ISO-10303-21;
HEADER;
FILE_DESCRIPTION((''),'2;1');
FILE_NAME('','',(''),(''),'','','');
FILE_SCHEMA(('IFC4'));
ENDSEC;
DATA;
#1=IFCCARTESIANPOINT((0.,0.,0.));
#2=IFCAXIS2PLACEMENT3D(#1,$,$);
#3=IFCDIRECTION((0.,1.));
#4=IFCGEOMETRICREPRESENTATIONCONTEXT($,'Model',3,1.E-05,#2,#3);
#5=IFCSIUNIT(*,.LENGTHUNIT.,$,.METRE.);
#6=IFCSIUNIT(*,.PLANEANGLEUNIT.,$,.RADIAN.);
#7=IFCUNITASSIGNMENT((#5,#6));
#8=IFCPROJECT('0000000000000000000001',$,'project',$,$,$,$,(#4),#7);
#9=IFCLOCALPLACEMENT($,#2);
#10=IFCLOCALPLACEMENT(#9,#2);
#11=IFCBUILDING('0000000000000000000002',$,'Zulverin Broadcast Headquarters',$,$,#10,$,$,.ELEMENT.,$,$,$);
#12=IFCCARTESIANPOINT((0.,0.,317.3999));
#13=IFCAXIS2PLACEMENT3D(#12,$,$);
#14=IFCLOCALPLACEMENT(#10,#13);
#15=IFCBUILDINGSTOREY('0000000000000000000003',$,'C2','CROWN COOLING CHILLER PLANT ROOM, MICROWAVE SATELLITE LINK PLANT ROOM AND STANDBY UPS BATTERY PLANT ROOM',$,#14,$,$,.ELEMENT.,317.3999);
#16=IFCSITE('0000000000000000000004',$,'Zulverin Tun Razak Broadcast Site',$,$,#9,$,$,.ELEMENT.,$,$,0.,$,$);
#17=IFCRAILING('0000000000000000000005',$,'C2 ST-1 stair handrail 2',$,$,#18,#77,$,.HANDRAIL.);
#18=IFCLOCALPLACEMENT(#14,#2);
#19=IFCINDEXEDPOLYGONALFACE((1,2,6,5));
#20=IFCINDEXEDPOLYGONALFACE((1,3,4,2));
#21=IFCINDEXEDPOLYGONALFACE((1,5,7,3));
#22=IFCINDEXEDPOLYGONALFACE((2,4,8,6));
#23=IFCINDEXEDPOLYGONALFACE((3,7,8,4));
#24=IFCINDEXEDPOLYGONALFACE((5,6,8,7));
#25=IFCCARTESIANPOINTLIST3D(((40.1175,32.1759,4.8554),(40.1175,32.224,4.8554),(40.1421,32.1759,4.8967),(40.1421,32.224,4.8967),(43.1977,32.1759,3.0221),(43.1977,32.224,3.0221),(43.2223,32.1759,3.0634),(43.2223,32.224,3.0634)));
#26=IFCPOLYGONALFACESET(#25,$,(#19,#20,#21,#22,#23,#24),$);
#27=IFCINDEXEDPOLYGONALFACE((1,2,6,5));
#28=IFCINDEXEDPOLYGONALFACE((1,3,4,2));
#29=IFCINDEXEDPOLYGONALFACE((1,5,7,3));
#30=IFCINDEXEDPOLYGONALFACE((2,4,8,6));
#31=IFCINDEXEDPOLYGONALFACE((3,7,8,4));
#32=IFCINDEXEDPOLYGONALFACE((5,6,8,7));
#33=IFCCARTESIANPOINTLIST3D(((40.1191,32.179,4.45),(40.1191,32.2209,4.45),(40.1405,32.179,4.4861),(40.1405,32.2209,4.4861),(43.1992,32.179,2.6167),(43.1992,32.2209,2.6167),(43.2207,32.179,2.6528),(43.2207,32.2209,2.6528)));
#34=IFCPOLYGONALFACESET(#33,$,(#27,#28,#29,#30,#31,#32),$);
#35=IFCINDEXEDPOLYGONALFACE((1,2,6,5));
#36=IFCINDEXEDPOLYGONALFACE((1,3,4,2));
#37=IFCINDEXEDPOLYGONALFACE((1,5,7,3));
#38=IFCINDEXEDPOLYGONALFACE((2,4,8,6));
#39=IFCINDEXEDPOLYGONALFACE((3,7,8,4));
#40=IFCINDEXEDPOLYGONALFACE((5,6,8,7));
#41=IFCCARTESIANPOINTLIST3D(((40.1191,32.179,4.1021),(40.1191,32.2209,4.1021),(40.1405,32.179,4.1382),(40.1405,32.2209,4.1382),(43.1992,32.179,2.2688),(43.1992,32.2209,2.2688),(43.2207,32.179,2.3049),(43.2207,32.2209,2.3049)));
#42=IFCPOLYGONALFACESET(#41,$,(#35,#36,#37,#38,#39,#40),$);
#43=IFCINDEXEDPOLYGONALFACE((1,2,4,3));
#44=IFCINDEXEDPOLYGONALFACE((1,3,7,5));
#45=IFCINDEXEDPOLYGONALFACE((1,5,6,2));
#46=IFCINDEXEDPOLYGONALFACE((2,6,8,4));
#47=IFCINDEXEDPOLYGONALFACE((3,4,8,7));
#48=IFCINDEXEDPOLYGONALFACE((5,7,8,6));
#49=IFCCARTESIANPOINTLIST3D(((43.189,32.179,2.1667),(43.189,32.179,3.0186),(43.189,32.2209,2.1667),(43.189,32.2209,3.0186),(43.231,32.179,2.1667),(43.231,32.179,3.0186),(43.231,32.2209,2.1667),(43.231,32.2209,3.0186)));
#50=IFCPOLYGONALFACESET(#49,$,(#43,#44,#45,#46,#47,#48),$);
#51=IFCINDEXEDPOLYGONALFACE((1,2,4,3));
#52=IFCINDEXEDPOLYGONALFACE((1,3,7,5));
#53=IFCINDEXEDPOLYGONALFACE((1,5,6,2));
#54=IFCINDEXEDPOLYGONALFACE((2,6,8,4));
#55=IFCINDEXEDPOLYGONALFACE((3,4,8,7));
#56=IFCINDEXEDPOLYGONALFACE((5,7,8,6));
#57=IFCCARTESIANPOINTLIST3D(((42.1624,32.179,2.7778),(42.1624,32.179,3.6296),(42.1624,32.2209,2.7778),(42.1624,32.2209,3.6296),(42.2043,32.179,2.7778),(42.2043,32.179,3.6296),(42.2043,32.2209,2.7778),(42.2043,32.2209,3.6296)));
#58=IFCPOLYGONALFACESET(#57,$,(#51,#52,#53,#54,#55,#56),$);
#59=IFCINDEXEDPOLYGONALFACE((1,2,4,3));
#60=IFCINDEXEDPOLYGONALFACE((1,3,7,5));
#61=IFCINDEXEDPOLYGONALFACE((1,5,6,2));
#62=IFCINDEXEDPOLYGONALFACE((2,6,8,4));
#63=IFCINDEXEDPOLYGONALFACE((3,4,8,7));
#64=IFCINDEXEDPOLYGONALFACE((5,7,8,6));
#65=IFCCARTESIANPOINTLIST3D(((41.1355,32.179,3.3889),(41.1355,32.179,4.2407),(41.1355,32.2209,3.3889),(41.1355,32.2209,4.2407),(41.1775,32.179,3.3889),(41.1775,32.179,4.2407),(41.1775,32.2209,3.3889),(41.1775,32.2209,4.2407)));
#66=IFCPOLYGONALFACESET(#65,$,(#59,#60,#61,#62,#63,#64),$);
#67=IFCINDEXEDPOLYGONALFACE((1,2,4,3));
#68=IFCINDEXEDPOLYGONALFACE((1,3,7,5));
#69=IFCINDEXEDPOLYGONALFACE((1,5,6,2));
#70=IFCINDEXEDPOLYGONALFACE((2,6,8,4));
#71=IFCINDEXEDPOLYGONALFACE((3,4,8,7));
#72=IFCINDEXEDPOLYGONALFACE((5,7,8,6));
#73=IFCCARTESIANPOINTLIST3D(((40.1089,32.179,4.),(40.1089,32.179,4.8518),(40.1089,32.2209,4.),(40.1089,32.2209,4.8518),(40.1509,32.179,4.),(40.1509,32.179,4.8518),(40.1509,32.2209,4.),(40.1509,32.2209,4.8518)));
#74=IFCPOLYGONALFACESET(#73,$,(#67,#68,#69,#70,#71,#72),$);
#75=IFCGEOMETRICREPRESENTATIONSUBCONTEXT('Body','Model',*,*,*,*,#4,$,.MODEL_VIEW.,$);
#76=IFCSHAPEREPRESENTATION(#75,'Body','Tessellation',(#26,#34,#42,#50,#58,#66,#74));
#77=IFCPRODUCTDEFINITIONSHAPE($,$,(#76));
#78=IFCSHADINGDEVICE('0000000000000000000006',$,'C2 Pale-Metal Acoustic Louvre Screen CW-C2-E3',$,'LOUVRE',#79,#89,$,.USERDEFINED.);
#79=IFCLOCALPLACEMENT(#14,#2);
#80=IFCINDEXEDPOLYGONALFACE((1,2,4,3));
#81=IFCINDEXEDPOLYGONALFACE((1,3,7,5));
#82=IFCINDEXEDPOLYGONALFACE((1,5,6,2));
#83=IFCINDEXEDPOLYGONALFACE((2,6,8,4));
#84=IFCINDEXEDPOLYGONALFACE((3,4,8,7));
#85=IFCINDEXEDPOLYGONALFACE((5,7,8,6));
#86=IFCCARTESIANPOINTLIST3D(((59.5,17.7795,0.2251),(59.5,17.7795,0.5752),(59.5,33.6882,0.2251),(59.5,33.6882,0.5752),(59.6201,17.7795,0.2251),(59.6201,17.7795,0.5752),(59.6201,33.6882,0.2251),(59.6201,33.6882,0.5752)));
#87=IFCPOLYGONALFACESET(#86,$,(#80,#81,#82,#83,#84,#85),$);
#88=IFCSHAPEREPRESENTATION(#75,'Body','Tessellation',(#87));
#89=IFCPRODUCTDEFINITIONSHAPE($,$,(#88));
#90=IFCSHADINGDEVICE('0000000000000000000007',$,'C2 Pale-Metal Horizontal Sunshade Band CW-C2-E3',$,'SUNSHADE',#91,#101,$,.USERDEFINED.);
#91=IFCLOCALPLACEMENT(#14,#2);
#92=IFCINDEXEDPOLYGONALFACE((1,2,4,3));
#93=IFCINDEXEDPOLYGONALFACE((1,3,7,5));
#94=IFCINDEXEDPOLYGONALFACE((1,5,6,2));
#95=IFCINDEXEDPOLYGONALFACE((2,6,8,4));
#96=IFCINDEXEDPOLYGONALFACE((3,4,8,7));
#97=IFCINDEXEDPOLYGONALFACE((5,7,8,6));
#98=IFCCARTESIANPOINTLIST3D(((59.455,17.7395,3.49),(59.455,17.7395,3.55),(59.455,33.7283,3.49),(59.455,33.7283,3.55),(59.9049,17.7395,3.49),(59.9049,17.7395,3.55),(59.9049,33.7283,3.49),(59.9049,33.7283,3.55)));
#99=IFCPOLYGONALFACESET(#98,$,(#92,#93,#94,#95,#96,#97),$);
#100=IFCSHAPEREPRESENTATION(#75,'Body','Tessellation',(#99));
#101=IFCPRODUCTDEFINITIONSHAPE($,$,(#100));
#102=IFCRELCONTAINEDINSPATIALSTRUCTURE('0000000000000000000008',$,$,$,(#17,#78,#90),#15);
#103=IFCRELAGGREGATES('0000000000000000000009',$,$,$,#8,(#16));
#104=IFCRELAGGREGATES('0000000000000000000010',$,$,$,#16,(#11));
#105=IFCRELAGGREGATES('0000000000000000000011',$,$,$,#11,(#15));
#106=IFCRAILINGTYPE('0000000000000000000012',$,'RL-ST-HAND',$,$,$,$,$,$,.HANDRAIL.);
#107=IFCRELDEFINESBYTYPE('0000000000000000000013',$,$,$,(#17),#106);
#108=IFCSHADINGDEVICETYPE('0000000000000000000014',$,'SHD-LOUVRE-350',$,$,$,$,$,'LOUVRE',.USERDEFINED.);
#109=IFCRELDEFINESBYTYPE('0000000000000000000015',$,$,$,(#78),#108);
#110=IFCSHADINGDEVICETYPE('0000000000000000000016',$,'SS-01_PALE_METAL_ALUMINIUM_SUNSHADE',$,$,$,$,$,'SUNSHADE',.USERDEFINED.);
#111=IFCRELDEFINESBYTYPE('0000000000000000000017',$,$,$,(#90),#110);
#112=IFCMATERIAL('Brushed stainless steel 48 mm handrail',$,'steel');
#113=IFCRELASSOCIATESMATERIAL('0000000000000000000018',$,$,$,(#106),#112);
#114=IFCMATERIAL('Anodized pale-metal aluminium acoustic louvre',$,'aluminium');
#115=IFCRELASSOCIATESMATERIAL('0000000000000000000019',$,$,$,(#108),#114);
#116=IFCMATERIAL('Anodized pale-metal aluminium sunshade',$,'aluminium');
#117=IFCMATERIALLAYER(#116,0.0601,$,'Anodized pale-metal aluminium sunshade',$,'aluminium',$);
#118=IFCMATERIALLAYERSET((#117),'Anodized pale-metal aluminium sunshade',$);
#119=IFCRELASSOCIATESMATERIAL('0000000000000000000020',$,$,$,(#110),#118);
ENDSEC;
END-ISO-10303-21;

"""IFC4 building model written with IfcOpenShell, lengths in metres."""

from ifc_helpers import new_model, si_unit, direction, frame, origin, origin_2d, place, context, subcontext, project, spatial, rectangle, extrude, material, layer, layer_set, type_object, element, save


model = new_model("IFC4")

# Units and contexts
model_context = context("Model", 3, precision=1e-05, world=origin(), true_north=direction((0.0, 1.0)))
body_context = subcontext(model_context, "Body", "Model", "MODEL_VIEW")
ifc_project = project(units=[si_unit("LENGTHUNIT", "METRE"), si_unit("PLANEANGLEUNIT", "RADIAN")], contexts=[model_context])

# Site, building, storey
site_placement = place(None, origin())
site = spatial("IfcSite", under=ifc_project, at=site_placement, Name="Zulverin Tun Razak Broadcast Site", CompositionType="ELEMENT", RefElevation=0.0)
building_placement = place(site_placement, origin())
building = spatial("IfcBuilding", under=site, at=building_placement, Name="Zulverin Broadcast Headquarters", CompositionType="ELEMENT")
storey_placement = place(building_placement, frame((0.0, 0.0, 317.3999)))
storey = spatial("IfcBuildingStorey", under=building, at=storey_placement, Name="C2", Description="CROWN COOLING CHILLER PLANT ROOM, MICROWAVE SATELLITE LINK PLANT ROOM AND STANDBY UPS BATTERY PLANT ROOM", CompositionType="ELEMENT", Elevation=317.3999)

# Railing
ifc_material_1 = material(Name="Brushed stainless steel 48 mm handrail", Category="steel")
railing_type_1 = type_object("IfcRailingType", Name="RL-ST-HAND", PredefinedType="HANDRAIL", material=ifc_material_1)
railing_1_placement = place(storey_placement, frame((43.21, 32.2, 2.1667)))
element("IfcRailing", 1, at=railing_1_placement, inside=storey, type_object=railing_type_1, Name="C2 ST-1 stair handrail 2", PredefinedType="HANDRAIL", context=body_context, shape_type="SweptSolid", body=[
    extrude(rectangle(XDim=0.0481, YDim=0.0481, at=origin_2d()), frame((0.0, 0.0, 0.876), z_axis=(-0.859309, 0.0, 0.511458), x_axis=(0.0, -1.0, 0.0)), (0.0, 0.0, 1.0), 3.5845),
    extrude(rectangle(XDim=0.042, YDim=0.042, at=origin_2d()), frame((0.0, 0.0, 0.468), z_axis=(-0.859309, 0.0, 0.511458), x_axis=(0.0, -1.0, 0.0)), (0.0, 0.0, 1.0), 3.5845),
    extrude(rectangle(XDim=0.042, YDim=0.042, at=origin_2d()), frame((0.0, 0.0, 0.1201), z_axis=(-0.859309, 0.0, 0.511458), x_axis=(0.0, -1.0, 0.0)), (0.0, 0.0, 1.0), 3.5845),
    extrude(rectangle(XDim=0.042, YDim=0.042, at=origin_2d()), origin(), (0.0, 0.0, 1.0), 0.8518),
    extrude(rectangle(XDim=0.042, YDim=0.042, at=origin_2d()), frame((-1.0266, 0.0, 0.6111)), (0.0, 0.0, 1.0), 0.8518),
    extrude(rectangle(XDim=0.042, YDim=0.042, at=origin_2d()), frame((-2.0535, 0.0, 1.2222)), (0.0, 0.0, 1.0), 0.8518),
    extrude(rectangle(XDim=0.042, YDim=0.042, at=origin_2d()), frame((-3.0801, 0.0, 1.8333)), (0.0, 0.0, 1.0), 0.8518),
])

# Shading devices
ifc_material_2 = material(Name="Anodized pale-metal aluminium acoustic louvre", Category="aluminium")
shading_device_type_1 = type_object("IfcShadingDeviceType", Name="SHD-LOUVRE-350", ElementType="LOUVRE", PredefinedType="USERDEFINED", material=ifc_material_2)
shading_device_1_placement = place(storey_placement, frame((59.5601, 25.7339, 0.2251), z_axis=(0.0, 0.0, 1.0), x_axis=(0.0, 1.0, 0.0)))
element("IfcShadingDevice", 2, at=shading_device_1_placement, inside=storey, type_object=shading_device_type_1, Name="C2 Pale-Metal Acoustic Louvre Screen CW-C2-E3", ObjectType="LOUVRE", PredefinedType="USERDEFINED", context=body_context, shape_type="SweptSolid", body=[
    extrude(rectangle(XDim=15.9087, YDim=0.1201, at=origin_2d()), origin(), (0.0, 0.0, 1.0), 0.3501),
])
ifc_material_3 = material(Name="Anodized pale-metal aluminium sunshade", Category="aluminium")
ifc_layer_1 = layer(ifc_material_3, 0.0601, Name="Anodized pale-metal aluminium sunshade", Category="aluminium")
ifc_layer_set_1 = layer_set([ifc_layer_1], Name="Anodized pale-metal aluminium sunshade")
shading_device_type_2 = type_object("IfcShadingDeviceType", Name="SS-01_PALE_METAL_ALUMINIUM_SUNSHADE", ElementType="SUNSHADE", PredefinedType="USERDEFINED", material=ifc_layer_set_1)
shading_device_2_placement = place(storey_placement, frame((59.6799, 25.7339, 3.49), z_axis=(0.0, 0.0, 1.0), x_axis=(0.0, 1.0, 0.0)))
element("IfcShadingDevice", 3, at=shading_device_2_placement, inside=storey, type_object=shading_device_type_2, Name="C2 Pale-Metal Horizontal Sunshade Band CW-C2-E3", ObjectType="SUNSHADE", PredefinedType="USERDEFINED", context=body_context, shape_type="SweptSolid", body=[
    extrude(rectangle(XDim=15.9888, YDim=0.45, at=origin_2d()), origin(), (0.0, 0.0, 1.0), 0.0601),
])

save(model, "model.ifc")
